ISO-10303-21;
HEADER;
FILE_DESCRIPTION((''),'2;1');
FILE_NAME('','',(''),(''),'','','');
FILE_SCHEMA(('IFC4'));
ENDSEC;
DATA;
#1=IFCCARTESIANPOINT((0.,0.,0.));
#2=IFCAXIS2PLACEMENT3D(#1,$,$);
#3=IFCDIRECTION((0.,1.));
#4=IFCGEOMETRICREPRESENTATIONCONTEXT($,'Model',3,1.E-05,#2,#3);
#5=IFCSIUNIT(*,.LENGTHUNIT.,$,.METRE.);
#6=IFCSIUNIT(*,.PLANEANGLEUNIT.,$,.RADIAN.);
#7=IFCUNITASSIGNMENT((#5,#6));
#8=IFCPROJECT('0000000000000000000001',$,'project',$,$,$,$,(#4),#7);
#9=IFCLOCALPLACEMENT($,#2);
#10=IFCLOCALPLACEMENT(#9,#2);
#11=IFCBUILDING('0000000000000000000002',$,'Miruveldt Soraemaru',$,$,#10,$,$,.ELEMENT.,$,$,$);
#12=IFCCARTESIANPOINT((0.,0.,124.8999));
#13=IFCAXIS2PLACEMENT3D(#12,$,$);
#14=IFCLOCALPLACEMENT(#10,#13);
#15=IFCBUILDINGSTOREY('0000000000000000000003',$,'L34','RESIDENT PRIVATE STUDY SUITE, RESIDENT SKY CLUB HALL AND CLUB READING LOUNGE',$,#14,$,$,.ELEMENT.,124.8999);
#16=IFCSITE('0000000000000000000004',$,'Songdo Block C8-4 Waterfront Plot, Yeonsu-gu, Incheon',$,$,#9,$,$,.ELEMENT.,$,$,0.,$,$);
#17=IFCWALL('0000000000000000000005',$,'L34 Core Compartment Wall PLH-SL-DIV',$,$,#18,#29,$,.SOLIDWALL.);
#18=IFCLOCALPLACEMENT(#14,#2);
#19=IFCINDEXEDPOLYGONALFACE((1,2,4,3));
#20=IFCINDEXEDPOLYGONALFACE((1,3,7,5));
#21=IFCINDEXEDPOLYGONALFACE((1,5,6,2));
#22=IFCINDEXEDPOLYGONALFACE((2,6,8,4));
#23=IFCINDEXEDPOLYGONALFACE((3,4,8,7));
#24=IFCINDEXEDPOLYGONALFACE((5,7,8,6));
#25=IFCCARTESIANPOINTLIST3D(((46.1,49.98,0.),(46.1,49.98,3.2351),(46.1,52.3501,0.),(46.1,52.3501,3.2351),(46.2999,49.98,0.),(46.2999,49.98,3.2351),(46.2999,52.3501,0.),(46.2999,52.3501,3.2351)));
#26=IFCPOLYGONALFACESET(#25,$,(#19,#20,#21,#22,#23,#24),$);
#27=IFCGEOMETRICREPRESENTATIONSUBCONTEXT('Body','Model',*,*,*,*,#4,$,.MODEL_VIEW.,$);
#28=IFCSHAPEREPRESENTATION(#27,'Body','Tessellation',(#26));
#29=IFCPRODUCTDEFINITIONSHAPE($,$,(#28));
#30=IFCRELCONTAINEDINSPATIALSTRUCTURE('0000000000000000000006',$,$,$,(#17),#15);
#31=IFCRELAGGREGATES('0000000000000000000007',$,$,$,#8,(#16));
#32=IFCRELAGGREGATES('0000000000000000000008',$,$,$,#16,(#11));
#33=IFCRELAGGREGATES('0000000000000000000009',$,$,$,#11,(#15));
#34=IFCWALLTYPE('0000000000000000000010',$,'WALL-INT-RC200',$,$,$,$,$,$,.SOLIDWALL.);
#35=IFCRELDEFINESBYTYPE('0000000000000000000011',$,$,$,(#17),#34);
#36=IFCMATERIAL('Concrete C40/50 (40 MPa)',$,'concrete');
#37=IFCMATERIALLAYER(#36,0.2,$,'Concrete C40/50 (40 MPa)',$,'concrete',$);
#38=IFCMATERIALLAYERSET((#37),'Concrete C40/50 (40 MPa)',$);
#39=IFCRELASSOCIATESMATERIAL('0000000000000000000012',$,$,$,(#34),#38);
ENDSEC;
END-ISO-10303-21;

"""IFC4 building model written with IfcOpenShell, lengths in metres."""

from ifc_helpers import new_model, si_unit, direction, frame, frame_2d, origin, place, context, subcontext, project, spatial, rectangle, extrude, material, layer, layer_set, type_object, element, save


model = new_model("IFC4")

# Units and contexts
model_context = context("Model", 3, precision=1e-05, world=origin(), true_north=direction((0.0, 1.0)))
body_context = subcontext(model_context, "Body", "Model", "MODEL_VIEW")
ifc_project = project(units=[si_unit("LENGTHUNIT", "METRE"), si_unit("PLANEANGLEUNIT", "RADIAN")], contexts=[model_context])

# Site, building, storey
site_placement = place(None, origin())
site = spatial("IfcSite", under=ifc_project, at=site_placement, Name="Songdo Block C8-4 Waterfront Plot, Yeonsu-gu, Incheon", CompositionType="ELEMENT", RefElevation=0.0)
building_placement = place(site_placement, origin())
building = spatial("IfcBuilding", under=site, at=building_placement, Name="Miruveldt Soraemaru", CompositionType="ELEMENT")
storey_placement = place(building_placement, frame((0.0, 0.0, 124.8999)))
storey = spatial("IfcBuildingStorey", under=building, at=storey_placement, Name="L34", Description="RESIDENT PRIVATE STUDY SUITE, RESIDENT SKY CLUB HALL AND CLUB READING LOUNGE", CompositionType="ELEMENT", Elevation=124.8999)

# Shared definitions
ifc_material_1 = material(Name="Concrete C40/50 (40 MPa)", Category="concrete")

# Shared definitions
ifc_layer_1 = layer(ifc_material_1, 0.2, Name="Concrete C40/50 (40 MPa)", Category="concrete")
ifc_layer_set_1 = layer_set([ifc_layer_1], Name="Concrete C40/50 (40 MPa)")
wall_type_1 = type_object("IfcWallType", Name="WALL-INT-RC200", PredefinedType="SOLIDWALL", material=ifc_layer_set_1)

# Wall
wall_1_placement = place(storey_placement, frame((46.2, 49.98, 0.0), z_axis=(0.0, 0.0, 1.0), x_axis=(0.0, 1.0, 0.0)))
element("IfcWall", 1, at=wall_1_placement, inside=storey, type_object=wall_type_1, Name="L34 Core Compartment Wall PLH-SL-DIV", PredefinedType="SOLIDWALL", context=body_context, shape_type="SweptSolid", body=[
    extrude(rectangle(XDim=2.3701, YDim=0.2, at=frame_2d((1.1851, 0.0))), origin(), (0.0, 0.0, 1.0), 3.2351),
])

save(model, "model.ifc")
